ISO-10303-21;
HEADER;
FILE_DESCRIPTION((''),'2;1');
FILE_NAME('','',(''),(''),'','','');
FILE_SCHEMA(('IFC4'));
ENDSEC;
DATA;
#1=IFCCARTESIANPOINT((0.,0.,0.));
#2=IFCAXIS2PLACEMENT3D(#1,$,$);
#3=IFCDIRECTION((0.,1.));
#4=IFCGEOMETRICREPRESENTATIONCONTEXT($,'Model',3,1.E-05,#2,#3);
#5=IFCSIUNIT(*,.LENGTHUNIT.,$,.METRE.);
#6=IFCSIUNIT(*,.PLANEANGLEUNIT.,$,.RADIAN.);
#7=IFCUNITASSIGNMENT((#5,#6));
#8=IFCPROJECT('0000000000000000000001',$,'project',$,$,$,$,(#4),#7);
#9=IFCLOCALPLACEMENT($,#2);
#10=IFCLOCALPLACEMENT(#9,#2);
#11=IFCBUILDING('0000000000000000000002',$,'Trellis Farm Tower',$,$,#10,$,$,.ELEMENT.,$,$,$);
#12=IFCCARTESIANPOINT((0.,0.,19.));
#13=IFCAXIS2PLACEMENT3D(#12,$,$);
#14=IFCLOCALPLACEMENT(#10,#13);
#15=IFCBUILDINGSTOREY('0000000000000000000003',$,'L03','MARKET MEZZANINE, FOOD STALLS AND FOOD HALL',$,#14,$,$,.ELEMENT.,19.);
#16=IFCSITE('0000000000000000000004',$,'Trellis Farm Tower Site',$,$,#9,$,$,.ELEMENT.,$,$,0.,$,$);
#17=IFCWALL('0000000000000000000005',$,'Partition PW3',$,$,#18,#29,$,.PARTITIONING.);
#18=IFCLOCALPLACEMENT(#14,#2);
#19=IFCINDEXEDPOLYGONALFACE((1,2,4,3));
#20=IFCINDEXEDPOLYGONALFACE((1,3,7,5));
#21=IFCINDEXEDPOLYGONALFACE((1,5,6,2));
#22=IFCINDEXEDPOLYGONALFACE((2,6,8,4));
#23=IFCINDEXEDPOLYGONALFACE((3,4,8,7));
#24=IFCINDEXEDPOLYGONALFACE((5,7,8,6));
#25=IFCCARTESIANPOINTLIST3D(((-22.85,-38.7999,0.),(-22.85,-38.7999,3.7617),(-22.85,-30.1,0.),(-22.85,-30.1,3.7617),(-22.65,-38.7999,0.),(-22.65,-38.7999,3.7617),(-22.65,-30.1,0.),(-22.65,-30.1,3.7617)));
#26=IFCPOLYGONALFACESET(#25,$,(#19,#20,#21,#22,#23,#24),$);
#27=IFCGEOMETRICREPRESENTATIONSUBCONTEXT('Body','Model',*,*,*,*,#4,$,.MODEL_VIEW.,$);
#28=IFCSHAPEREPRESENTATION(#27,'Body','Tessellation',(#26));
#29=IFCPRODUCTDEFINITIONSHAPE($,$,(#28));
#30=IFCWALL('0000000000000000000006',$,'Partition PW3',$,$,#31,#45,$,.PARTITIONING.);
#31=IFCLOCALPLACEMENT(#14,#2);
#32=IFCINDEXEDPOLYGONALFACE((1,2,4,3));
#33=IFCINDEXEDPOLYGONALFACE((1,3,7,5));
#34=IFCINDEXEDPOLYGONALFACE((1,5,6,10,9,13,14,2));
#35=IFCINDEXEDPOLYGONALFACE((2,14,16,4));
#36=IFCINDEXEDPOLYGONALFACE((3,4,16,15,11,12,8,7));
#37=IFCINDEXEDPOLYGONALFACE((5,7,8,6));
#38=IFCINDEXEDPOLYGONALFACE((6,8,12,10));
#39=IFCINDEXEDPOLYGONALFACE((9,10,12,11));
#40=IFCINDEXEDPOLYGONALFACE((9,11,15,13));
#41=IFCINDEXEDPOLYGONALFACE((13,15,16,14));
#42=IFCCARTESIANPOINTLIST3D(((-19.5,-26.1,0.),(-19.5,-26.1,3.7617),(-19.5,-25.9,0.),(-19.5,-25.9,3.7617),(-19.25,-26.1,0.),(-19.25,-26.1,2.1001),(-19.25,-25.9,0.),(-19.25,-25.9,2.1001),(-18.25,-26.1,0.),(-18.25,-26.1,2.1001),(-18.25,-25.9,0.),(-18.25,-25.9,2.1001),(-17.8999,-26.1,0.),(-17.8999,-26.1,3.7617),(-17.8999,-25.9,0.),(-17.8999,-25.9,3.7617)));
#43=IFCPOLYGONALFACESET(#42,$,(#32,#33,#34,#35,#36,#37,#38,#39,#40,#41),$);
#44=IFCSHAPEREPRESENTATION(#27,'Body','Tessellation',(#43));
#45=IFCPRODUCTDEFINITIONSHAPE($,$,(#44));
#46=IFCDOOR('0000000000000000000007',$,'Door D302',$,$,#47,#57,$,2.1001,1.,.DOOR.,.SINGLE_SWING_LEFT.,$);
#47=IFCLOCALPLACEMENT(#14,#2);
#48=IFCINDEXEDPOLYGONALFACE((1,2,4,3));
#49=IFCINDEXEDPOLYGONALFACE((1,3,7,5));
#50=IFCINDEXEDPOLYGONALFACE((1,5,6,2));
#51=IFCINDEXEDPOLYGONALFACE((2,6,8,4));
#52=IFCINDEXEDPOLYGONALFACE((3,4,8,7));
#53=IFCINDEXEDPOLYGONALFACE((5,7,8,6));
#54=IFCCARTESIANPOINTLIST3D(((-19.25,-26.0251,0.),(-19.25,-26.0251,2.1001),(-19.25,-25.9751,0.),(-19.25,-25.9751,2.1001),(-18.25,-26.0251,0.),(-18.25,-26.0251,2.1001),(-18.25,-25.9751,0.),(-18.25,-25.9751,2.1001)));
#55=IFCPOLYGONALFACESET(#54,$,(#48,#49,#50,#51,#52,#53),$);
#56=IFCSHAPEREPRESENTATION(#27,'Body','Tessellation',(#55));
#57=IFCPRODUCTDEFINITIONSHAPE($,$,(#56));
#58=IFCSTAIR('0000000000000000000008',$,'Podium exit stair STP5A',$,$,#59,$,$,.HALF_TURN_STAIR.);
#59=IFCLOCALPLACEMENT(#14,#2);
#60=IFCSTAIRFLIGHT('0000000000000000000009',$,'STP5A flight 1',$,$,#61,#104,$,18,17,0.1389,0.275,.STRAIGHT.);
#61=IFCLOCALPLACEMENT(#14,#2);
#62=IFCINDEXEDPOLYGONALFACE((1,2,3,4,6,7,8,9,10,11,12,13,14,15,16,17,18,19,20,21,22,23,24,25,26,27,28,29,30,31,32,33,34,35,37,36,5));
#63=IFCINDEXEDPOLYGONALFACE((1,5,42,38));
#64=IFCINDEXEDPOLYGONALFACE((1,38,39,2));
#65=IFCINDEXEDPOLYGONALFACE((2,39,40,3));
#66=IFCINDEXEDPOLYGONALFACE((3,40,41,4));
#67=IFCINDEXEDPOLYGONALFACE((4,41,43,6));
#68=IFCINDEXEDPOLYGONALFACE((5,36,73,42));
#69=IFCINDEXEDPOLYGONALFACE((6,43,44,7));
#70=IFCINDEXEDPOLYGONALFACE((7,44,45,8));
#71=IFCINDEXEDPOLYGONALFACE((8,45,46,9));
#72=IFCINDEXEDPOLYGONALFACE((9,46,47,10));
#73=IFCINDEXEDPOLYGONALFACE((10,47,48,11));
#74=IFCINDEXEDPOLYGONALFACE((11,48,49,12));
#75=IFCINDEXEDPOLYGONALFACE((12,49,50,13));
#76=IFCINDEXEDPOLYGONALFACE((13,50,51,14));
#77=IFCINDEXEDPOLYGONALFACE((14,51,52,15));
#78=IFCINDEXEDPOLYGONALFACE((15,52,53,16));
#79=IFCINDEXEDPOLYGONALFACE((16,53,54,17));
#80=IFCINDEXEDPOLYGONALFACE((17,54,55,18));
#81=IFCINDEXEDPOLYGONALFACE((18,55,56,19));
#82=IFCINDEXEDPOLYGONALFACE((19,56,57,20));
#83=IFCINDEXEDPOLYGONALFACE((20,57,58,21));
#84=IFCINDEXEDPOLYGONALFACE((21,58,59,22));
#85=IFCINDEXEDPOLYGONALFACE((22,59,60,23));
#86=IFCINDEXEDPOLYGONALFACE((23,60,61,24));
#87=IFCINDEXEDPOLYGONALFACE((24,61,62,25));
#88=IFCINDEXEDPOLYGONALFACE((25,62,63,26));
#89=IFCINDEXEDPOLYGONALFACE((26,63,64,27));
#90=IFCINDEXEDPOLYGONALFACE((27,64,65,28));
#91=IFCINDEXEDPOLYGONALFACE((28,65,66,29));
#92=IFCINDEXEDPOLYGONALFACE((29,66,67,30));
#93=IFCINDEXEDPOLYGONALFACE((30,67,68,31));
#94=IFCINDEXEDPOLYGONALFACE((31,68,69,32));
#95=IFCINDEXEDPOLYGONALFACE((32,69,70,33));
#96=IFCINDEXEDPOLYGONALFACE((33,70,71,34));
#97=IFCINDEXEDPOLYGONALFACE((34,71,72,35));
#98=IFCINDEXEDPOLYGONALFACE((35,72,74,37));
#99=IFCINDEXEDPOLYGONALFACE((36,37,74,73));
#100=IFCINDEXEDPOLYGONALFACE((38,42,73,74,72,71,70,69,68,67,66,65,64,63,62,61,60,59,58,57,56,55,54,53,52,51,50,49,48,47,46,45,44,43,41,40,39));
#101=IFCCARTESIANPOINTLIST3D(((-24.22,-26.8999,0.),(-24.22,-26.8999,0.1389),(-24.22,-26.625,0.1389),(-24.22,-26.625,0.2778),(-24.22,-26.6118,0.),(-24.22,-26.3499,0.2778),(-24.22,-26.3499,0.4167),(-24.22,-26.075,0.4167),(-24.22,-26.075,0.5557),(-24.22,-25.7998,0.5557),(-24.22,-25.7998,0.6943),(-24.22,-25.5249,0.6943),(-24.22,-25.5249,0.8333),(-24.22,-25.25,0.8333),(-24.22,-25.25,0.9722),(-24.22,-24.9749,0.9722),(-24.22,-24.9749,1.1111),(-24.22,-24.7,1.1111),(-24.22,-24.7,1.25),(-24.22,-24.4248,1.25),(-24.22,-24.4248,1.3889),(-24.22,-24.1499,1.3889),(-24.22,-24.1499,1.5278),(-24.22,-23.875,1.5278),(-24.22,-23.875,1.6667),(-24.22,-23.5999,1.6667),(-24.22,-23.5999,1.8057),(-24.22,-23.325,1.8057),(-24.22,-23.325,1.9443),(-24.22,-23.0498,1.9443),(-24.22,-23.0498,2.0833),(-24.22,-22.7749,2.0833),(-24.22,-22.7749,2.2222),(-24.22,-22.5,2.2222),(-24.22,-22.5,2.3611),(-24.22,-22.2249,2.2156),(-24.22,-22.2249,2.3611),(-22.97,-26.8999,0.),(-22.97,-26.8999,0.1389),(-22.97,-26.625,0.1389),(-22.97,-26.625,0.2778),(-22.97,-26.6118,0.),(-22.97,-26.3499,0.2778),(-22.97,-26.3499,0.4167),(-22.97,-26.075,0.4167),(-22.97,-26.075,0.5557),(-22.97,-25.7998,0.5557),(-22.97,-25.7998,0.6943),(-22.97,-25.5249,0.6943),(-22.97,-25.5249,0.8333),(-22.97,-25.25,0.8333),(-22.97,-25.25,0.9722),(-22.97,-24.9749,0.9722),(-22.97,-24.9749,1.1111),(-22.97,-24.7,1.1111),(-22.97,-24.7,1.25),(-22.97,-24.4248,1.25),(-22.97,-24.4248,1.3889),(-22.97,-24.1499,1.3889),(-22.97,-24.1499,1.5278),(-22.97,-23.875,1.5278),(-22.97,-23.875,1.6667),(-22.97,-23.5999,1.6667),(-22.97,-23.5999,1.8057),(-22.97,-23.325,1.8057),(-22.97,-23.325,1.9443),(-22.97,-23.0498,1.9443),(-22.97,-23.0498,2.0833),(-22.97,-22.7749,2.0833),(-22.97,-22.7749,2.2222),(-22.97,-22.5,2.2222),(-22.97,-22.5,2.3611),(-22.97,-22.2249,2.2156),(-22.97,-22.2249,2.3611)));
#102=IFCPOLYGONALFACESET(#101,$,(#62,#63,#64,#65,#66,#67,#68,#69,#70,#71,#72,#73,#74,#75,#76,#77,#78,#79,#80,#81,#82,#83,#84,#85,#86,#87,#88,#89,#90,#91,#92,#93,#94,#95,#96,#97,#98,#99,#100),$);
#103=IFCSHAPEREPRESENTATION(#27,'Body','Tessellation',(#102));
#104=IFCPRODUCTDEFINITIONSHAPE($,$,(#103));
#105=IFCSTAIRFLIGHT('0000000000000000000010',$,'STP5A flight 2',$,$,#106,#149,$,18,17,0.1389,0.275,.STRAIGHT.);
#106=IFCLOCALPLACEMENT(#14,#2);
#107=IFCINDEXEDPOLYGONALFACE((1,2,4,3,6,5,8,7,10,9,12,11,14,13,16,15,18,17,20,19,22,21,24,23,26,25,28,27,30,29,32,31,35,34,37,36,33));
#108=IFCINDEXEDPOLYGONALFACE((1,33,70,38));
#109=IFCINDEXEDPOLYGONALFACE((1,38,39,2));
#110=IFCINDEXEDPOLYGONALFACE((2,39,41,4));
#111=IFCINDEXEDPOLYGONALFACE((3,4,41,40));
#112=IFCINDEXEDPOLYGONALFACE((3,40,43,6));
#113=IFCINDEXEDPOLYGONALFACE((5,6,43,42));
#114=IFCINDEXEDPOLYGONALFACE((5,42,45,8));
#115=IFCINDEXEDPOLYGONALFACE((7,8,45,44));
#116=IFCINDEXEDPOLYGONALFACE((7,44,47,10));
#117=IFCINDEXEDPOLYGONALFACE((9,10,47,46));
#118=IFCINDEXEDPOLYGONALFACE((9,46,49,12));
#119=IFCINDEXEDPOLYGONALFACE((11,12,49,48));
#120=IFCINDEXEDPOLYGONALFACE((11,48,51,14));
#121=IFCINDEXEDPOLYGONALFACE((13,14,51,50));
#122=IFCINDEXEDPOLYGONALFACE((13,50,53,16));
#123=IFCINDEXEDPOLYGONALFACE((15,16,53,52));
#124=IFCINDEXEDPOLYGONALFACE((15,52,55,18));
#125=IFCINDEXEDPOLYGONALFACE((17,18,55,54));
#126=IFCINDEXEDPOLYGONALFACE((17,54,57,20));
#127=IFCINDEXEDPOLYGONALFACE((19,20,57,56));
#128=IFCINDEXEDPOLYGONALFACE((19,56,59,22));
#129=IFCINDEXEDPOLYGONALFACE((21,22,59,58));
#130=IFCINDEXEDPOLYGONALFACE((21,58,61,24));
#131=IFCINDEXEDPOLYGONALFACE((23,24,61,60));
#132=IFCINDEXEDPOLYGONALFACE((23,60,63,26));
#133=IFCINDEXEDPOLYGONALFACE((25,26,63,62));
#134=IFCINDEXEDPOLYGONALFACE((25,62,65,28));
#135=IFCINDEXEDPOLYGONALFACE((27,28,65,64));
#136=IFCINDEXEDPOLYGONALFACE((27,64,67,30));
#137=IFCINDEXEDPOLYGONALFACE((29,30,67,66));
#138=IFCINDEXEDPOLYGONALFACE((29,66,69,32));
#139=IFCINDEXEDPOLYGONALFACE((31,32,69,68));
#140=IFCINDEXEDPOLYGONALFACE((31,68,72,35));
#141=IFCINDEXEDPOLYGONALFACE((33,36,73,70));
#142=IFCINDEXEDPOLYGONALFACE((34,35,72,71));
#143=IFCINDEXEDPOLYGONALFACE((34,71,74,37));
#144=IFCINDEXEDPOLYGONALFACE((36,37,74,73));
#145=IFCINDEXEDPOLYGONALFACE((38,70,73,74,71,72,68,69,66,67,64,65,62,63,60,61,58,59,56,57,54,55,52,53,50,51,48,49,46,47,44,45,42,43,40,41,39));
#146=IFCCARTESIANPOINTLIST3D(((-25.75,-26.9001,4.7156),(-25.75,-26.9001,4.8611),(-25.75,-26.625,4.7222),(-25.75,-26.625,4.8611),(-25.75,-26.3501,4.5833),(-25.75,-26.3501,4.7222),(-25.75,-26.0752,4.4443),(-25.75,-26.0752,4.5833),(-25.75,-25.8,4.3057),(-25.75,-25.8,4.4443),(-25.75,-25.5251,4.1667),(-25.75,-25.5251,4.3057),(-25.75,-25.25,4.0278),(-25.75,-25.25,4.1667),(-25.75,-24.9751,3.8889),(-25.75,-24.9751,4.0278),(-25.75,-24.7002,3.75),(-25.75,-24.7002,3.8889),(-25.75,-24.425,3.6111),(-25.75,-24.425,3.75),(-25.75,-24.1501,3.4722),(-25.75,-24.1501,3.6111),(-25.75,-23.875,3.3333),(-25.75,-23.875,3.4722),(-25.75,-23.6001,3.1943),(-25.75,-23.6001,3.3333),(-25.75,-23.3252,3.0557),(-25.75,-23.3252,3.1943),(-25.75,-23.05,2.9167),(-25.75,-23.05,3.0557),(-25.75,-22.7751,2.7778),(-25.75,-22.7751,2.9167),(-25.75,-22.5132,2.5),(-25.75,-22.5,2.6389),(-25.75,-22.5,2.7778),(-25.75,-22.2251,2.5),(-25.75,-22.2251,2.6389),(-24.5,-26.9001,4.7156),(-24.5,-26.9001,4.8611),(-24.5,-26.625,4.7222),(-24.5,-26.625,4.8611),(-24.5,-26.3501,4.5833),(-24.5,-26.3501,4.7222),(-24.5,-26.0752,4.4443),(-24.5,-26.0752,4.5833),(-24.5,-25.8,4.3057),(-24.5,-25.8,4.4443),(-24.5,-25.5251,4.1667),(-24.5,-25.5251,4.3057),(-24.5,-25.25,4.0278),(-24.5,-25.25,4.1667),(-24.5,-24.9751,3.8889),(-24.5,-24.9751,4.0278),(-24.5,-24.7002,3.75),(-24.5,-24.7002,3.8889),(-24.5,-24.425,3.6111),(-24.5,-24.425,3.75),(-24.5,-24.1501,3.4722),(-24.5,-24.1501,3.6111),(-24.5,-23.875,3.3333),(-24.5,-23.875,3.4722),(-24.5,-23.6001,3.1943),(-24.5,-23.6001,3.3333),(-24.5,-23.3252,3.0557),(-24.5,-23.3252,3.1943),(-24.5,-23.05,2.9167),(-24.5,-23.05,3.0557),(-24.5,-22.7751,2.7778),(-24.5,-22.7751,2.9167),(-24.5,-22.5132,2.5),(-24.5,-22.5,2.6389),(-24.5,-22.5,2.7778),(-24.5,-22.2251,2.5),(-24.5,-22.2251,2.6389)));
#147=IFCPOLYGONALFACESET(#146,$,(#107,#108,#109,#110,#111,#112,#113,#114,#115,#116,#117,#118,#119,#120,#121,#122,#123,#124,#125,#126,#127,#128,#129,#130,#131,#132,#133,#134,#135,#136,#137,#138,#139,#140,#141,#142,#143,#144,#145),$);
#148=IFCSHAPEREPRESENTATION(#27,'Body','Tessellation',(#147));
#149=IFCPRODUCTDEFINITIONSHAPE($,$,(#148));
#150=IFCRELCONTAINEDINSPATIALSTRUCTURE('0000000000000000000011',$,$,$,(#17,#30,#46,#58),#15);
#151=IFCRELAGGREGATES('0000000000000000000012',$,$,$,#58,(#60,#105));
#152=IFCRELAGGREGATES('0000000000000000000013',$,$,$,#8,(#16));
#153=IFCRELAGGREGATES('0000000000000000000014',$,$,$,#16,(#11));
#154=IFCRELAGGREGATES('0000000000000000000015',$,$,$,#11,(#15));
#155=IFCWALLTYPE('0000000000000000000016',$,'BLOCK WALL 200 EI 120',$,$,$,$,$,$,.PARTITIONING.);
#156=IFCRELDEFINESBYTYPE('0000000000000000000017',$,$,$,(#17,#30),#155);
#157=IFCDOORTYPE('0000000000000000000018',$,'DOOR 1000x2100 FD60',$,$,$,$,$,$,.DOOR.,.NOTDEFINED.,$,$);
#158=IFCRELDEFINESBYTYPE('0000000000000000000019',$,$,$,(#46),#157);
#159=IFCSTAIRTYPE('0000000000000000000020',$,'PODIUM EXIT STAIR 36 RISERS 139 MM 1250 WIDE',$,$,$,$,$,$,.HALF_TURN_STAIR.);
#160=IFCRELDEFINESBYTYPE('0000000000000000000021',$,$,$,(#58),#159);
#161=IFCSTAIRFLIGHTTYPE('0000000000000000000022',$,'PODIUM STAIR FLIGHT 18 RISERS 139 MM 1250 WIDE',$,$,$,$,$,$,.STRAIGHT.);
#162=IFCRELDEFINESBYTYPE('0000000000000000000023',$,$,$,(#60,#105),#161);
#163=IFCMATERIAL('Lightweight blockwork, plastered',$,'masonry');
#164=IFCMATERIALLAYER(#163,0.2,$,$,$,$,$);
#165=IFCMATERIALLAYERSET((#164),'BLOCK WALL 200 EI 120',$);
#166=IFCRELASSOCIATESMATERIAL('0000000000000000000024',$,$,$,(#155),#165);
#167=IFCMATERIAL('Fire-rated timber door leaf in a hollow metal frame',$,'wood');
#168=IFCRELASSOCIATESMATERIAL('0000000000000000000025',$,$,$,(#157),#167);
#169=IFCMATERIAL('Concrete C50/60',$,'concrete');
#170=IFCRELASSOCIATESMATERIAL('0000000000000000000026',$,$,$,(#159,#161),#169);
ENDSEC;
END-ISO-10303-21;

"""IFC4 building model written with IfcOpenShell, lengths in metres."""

from ifc_helpers import new_model, si_unit, direction, frame, frame_2d, origin, place, context, subcontext, project, spatial, polyline, rectangle, outline, extrude, source, transform, mapped, material, layer, layer_set, type_object, element, fill, aggregate, save


model = new_model("IFC4")

# Units and contexts
model_context = context("Model", 3, precision=1e-05, world=origin(), true_north=direction((0.0, 1.0)))
body_context = subcontext(model_context, "Body", "Model", "MODEL_VIEW")
ifc_project = project(units=[si_unit("LENGTHUNIT", "METRE"), si_unit("PLANEANGLEUNIT", "RADIAN")], contexts=[model_context])

# Site, building, storey
site_placement = place(None, origin())
site = spatial("IfcSite", under=ifc_project, at=site_placement, Name="Trellis Farm Tower Site", CompositionType="ELEMENT", RefElevation=0.0)
building_placement = place(site_placement, origin())
building = spatial("IfcBuilding", under=site, at=building_placement, Name="Trellis Farm Tower", CompositionType="ELEMENT")
storey_placement = place(building_placement, frame((0.0, 0.0, 19.0)))
storey = spatial("IfcBuildingStorey", under=building, at=storey_placement, Name="L03", Description="MARKET MEZZANINE, FOOD STALLS AND FOOD HALL", CompositionType="ELEMENT", Elevation=19.0)

# Shared definitions
ifc_material_1 = material(Name="Fire-rated timber door leaf in a hollow metal frame", Category="wood")

# Wall
ifc_material_2 = material(Name="Lightweight blockwork, plastered", Category="masonry")
ifc_layer_1 = layer(ifc_material_2, 0.2)
ifc_layer_set_1 = layer_set([ifc_layer_1], Name="BLOCK WALL 200 EI 120")
wall_type_1 = type_object("IfcWallType", Name="BLOCK WALL 200 EI 120", PredefinedType="PARTITIONING", material=ifc_layer_set_1)
shared_shape_1 = source(origin(), body_context, "Body", "SweptSolid", [
    extrude(rectangle(XDim=8.7, YDim=0.2, at=frame_2d((4.3501, 0.0))), origin(), (0.0, 0.0, 1.0), 3.7617),
])
wall_1_placement = place(storey_placement, frame((-22.75, -38.8, 0.0), z_axis=(0.0, 0.0, 1.0), x_axis=(0.0, 1.0, 0.0)))
element("IfcWall", 1, at=wall_1_placement, inside=storey, type_object=wall_type_1, Name="Partition PW3", PredefinedType="PARTITIONING", context=body_context, shape_type="MappedRepresentation", body=[
    mapped(shared_shape_1, transform((0.0, 0.0, 0.0))),
])

# Wall, opening, door
shared_shape_2 = source(origin(), body_context, "Body", "SweptSolid", [
    extrude(rectangle(XDim=1.6001, YDim=0.2, at=frame_2d((0.8, 0.0))), origin(), (0.0, 0.0, 1.0), 3.7617),
])
wall_2_placement = place(storey_placement, frame((-19.5, -26.0, 0.0), z_axis=(0.0, 0.0, 1.0), x_axis=(1.0, 0.0, 0.0)))
wall_2 = element("IfcWall", 2, at=wall_2_placement, inside=storey, type_object=wall_type_1, Name="Partition PW3", PredefinedType="PARTITIONING", context=body_context, shape_type="MappedRepresentation", body=[
    mapped(shared_shape_2, transform((0.0, 0.0, 0.0))),
])
shared_shape_3 = source(origin(), body_context, "Body", "SweptSolid", [
    extrude(rectangle(XDim=1.0, YDim=2.1001, at=frame_2d((0.5, 1.05))), frame((0.0, 0.1101, 0.0), z_axis=(0.0, -1.0, 0.0), x_axis=(1.0, 0.0, 0.0)), (0.0, 0.0, 1.0), 0.2202),
])
opening_1_placement = place(wall_2_placement, frame((0.25, 0.0, 0.0)))
opening_1 = element("IfcOpeningElement", 3, at=opening_1_placement, cuts=wall_2, PredefinedType="OPENING", context=body_context, shape_type="MappedRepresentation", body=[
    mapped(shared_shape_3, transform((0.0, 0.0, 0.0))),
])
door_type_1 = type_object("IfcDoorType", Name="DOOR 1000x2100 FD60", OperationType="NOTDEFINED", PredefinedType="DOOR", material=ifc_material_1)
shared_shape_4 = source(origin(), body_context, "Body", "SweptSolid", [
    extrude(rectangle(XDim=1.0, YDim=2.1001, at=frame_2d((0.5, 1.05))), frame((0.0, 0.0249, 0.0), z_axis=(0.0, -1.0, 0.0), x_axis=(1.0, 0.0, 0.0)), (0.0, 0.0, 1.0), 0.05),
])
door_1_placement = place(opening_1_placement, origin())
door_1 = element("IfcDoor", 4, at=door_1_placement, inside=storey, type_object=door_type_1, Name="Door D302", OperationType="SINGLE_SWING_LEFT", OverallHeight=2.1001, OverallWidth=1.0, PredefinedType="DOOR", context=body_context, shape_type="MappedRepresentation", body=[
    mapped(shared_shape_4, transform((0.0, 0.0, 0.0))),
])
fill(opening_1, door_1)

# Stair, stair flights
ifc_material_3 = material(Name="Concrete C50/60", Category="concrete")
stair_type = type_object("IfcStairType", Name="PODIUM EXIT STAIR 36 RISERS 139 MM 1250 WIDE", PredefinedType="HALF_TURN_STAIR", material=ifc_material_3)
placement = place(storey_placement, origin())
stair_1 = element("IfcStair", 5, at=placement, inside=storey, type_object=stair_type, Name="Podium exit stair STP5A", PredefinedType="HALF_TURN_STAIR")
stair_flight_type = type_object("IfcStairFlightType", Name="PODIUM STAIR FLIGHT 18 RISERS 139 MM 1250 WIDE", PredefinedType="STRAIGHT", material=ifc_material_3)
shared_shape_5 = source(origin(), body_context, "Body", "SweptSolid", [
    extrude(outline(polyline([(0.0, 0.0), (0.0, 0.1389), (0.2749, 0.1389), (0.2749, 0.2778), (0.55, 0.2778), (0.55, 0.4167), (0.825, 0.4167), (0.825, 0.5557), (1.1001, 0.5557), (1.1001, 0.6943), (1.375, 0.6943), (1.375, 0.8333), (1.6499, 0.8333), (1.6499, 0.9722), (1.925, 0.9722), (1.925, 1.1111), (2.2, 1.1111), (2.2, 1.25), (2.4751, 1.25), (2.4751, 1.3889), (2.75, 1.3889), (2.75, 1.5278), (3.0249, 1.5278), (3.0249, 1.6667), (3.3, 1.6667), (3.3, 1.8057), (3.575, 1.8057), (3.575, 1.9443), (3.8501, 1.9443), (3.8501, 2.0833), (4.125, 2.0833), (4.125, 2.2222), (4.3999, 2.2222), (4.3999, 2.3611), (4.675, 2.3611), (4.675, 2.5), (4.675, 2.2156), (0.2881, 0.0), (0.0, 0.0)])), frame((0.0, 0.625, 0.0), z_axis=(0.0, -1.0, 0.0), x_axis=(1.0, 0.0, 0.0)), (0.0, 0.0, 1.0), 1.25),
])
stair_flight_1_placement = place(storey_placement, frame((-23.595, -26.8999, 0.0), z_axis=(0.0, 0.0, 1.0), x_axis=(0.0, 1.0, 0.0)))
stair_flight_1 = element("IfcStairFlight", 6, at=stair_flight_1_placement, type_object=stair_flight_type, Name="STP5A flight 1", NumberOfRisers=18, NumberOfTreads=17, PredefinedType="STRAIGHT", RiserHeight=0.1389, TreadLength=0.275, context=body_context, shape_type="MappedRepresentation", body=[
    mapped(shared_shape_5, transform((0.0, 0.0, 0.0))),
])
stair_flight_2_placement = place(storey_placement, frame((-25.125, -22.2251, 2.5), z_axis=(0.0, 0.0, 1.0), x_axis=(0.0, -1.0, 0.0)))
stair_flight_2 = element("IfcStairFlight", 7, at=stair_flight_2_placement, type_object=stair_flight_type, Name="STP5A flight 2", NumberOfRisers=18, NumberOfTreads=17, PredefinedType="STRAIGHT", RiserHeight=0.1389, TreadLength=0.275, context=body_context, shape_type="MappedRepresentation", body=[
    mapped(shared_shape_5, transform((0.0, 0.0, 0.0))),
])
aggregate(stair_1, [stair_flight_1, stair_flight_2])

save(model, "model.ifc")
